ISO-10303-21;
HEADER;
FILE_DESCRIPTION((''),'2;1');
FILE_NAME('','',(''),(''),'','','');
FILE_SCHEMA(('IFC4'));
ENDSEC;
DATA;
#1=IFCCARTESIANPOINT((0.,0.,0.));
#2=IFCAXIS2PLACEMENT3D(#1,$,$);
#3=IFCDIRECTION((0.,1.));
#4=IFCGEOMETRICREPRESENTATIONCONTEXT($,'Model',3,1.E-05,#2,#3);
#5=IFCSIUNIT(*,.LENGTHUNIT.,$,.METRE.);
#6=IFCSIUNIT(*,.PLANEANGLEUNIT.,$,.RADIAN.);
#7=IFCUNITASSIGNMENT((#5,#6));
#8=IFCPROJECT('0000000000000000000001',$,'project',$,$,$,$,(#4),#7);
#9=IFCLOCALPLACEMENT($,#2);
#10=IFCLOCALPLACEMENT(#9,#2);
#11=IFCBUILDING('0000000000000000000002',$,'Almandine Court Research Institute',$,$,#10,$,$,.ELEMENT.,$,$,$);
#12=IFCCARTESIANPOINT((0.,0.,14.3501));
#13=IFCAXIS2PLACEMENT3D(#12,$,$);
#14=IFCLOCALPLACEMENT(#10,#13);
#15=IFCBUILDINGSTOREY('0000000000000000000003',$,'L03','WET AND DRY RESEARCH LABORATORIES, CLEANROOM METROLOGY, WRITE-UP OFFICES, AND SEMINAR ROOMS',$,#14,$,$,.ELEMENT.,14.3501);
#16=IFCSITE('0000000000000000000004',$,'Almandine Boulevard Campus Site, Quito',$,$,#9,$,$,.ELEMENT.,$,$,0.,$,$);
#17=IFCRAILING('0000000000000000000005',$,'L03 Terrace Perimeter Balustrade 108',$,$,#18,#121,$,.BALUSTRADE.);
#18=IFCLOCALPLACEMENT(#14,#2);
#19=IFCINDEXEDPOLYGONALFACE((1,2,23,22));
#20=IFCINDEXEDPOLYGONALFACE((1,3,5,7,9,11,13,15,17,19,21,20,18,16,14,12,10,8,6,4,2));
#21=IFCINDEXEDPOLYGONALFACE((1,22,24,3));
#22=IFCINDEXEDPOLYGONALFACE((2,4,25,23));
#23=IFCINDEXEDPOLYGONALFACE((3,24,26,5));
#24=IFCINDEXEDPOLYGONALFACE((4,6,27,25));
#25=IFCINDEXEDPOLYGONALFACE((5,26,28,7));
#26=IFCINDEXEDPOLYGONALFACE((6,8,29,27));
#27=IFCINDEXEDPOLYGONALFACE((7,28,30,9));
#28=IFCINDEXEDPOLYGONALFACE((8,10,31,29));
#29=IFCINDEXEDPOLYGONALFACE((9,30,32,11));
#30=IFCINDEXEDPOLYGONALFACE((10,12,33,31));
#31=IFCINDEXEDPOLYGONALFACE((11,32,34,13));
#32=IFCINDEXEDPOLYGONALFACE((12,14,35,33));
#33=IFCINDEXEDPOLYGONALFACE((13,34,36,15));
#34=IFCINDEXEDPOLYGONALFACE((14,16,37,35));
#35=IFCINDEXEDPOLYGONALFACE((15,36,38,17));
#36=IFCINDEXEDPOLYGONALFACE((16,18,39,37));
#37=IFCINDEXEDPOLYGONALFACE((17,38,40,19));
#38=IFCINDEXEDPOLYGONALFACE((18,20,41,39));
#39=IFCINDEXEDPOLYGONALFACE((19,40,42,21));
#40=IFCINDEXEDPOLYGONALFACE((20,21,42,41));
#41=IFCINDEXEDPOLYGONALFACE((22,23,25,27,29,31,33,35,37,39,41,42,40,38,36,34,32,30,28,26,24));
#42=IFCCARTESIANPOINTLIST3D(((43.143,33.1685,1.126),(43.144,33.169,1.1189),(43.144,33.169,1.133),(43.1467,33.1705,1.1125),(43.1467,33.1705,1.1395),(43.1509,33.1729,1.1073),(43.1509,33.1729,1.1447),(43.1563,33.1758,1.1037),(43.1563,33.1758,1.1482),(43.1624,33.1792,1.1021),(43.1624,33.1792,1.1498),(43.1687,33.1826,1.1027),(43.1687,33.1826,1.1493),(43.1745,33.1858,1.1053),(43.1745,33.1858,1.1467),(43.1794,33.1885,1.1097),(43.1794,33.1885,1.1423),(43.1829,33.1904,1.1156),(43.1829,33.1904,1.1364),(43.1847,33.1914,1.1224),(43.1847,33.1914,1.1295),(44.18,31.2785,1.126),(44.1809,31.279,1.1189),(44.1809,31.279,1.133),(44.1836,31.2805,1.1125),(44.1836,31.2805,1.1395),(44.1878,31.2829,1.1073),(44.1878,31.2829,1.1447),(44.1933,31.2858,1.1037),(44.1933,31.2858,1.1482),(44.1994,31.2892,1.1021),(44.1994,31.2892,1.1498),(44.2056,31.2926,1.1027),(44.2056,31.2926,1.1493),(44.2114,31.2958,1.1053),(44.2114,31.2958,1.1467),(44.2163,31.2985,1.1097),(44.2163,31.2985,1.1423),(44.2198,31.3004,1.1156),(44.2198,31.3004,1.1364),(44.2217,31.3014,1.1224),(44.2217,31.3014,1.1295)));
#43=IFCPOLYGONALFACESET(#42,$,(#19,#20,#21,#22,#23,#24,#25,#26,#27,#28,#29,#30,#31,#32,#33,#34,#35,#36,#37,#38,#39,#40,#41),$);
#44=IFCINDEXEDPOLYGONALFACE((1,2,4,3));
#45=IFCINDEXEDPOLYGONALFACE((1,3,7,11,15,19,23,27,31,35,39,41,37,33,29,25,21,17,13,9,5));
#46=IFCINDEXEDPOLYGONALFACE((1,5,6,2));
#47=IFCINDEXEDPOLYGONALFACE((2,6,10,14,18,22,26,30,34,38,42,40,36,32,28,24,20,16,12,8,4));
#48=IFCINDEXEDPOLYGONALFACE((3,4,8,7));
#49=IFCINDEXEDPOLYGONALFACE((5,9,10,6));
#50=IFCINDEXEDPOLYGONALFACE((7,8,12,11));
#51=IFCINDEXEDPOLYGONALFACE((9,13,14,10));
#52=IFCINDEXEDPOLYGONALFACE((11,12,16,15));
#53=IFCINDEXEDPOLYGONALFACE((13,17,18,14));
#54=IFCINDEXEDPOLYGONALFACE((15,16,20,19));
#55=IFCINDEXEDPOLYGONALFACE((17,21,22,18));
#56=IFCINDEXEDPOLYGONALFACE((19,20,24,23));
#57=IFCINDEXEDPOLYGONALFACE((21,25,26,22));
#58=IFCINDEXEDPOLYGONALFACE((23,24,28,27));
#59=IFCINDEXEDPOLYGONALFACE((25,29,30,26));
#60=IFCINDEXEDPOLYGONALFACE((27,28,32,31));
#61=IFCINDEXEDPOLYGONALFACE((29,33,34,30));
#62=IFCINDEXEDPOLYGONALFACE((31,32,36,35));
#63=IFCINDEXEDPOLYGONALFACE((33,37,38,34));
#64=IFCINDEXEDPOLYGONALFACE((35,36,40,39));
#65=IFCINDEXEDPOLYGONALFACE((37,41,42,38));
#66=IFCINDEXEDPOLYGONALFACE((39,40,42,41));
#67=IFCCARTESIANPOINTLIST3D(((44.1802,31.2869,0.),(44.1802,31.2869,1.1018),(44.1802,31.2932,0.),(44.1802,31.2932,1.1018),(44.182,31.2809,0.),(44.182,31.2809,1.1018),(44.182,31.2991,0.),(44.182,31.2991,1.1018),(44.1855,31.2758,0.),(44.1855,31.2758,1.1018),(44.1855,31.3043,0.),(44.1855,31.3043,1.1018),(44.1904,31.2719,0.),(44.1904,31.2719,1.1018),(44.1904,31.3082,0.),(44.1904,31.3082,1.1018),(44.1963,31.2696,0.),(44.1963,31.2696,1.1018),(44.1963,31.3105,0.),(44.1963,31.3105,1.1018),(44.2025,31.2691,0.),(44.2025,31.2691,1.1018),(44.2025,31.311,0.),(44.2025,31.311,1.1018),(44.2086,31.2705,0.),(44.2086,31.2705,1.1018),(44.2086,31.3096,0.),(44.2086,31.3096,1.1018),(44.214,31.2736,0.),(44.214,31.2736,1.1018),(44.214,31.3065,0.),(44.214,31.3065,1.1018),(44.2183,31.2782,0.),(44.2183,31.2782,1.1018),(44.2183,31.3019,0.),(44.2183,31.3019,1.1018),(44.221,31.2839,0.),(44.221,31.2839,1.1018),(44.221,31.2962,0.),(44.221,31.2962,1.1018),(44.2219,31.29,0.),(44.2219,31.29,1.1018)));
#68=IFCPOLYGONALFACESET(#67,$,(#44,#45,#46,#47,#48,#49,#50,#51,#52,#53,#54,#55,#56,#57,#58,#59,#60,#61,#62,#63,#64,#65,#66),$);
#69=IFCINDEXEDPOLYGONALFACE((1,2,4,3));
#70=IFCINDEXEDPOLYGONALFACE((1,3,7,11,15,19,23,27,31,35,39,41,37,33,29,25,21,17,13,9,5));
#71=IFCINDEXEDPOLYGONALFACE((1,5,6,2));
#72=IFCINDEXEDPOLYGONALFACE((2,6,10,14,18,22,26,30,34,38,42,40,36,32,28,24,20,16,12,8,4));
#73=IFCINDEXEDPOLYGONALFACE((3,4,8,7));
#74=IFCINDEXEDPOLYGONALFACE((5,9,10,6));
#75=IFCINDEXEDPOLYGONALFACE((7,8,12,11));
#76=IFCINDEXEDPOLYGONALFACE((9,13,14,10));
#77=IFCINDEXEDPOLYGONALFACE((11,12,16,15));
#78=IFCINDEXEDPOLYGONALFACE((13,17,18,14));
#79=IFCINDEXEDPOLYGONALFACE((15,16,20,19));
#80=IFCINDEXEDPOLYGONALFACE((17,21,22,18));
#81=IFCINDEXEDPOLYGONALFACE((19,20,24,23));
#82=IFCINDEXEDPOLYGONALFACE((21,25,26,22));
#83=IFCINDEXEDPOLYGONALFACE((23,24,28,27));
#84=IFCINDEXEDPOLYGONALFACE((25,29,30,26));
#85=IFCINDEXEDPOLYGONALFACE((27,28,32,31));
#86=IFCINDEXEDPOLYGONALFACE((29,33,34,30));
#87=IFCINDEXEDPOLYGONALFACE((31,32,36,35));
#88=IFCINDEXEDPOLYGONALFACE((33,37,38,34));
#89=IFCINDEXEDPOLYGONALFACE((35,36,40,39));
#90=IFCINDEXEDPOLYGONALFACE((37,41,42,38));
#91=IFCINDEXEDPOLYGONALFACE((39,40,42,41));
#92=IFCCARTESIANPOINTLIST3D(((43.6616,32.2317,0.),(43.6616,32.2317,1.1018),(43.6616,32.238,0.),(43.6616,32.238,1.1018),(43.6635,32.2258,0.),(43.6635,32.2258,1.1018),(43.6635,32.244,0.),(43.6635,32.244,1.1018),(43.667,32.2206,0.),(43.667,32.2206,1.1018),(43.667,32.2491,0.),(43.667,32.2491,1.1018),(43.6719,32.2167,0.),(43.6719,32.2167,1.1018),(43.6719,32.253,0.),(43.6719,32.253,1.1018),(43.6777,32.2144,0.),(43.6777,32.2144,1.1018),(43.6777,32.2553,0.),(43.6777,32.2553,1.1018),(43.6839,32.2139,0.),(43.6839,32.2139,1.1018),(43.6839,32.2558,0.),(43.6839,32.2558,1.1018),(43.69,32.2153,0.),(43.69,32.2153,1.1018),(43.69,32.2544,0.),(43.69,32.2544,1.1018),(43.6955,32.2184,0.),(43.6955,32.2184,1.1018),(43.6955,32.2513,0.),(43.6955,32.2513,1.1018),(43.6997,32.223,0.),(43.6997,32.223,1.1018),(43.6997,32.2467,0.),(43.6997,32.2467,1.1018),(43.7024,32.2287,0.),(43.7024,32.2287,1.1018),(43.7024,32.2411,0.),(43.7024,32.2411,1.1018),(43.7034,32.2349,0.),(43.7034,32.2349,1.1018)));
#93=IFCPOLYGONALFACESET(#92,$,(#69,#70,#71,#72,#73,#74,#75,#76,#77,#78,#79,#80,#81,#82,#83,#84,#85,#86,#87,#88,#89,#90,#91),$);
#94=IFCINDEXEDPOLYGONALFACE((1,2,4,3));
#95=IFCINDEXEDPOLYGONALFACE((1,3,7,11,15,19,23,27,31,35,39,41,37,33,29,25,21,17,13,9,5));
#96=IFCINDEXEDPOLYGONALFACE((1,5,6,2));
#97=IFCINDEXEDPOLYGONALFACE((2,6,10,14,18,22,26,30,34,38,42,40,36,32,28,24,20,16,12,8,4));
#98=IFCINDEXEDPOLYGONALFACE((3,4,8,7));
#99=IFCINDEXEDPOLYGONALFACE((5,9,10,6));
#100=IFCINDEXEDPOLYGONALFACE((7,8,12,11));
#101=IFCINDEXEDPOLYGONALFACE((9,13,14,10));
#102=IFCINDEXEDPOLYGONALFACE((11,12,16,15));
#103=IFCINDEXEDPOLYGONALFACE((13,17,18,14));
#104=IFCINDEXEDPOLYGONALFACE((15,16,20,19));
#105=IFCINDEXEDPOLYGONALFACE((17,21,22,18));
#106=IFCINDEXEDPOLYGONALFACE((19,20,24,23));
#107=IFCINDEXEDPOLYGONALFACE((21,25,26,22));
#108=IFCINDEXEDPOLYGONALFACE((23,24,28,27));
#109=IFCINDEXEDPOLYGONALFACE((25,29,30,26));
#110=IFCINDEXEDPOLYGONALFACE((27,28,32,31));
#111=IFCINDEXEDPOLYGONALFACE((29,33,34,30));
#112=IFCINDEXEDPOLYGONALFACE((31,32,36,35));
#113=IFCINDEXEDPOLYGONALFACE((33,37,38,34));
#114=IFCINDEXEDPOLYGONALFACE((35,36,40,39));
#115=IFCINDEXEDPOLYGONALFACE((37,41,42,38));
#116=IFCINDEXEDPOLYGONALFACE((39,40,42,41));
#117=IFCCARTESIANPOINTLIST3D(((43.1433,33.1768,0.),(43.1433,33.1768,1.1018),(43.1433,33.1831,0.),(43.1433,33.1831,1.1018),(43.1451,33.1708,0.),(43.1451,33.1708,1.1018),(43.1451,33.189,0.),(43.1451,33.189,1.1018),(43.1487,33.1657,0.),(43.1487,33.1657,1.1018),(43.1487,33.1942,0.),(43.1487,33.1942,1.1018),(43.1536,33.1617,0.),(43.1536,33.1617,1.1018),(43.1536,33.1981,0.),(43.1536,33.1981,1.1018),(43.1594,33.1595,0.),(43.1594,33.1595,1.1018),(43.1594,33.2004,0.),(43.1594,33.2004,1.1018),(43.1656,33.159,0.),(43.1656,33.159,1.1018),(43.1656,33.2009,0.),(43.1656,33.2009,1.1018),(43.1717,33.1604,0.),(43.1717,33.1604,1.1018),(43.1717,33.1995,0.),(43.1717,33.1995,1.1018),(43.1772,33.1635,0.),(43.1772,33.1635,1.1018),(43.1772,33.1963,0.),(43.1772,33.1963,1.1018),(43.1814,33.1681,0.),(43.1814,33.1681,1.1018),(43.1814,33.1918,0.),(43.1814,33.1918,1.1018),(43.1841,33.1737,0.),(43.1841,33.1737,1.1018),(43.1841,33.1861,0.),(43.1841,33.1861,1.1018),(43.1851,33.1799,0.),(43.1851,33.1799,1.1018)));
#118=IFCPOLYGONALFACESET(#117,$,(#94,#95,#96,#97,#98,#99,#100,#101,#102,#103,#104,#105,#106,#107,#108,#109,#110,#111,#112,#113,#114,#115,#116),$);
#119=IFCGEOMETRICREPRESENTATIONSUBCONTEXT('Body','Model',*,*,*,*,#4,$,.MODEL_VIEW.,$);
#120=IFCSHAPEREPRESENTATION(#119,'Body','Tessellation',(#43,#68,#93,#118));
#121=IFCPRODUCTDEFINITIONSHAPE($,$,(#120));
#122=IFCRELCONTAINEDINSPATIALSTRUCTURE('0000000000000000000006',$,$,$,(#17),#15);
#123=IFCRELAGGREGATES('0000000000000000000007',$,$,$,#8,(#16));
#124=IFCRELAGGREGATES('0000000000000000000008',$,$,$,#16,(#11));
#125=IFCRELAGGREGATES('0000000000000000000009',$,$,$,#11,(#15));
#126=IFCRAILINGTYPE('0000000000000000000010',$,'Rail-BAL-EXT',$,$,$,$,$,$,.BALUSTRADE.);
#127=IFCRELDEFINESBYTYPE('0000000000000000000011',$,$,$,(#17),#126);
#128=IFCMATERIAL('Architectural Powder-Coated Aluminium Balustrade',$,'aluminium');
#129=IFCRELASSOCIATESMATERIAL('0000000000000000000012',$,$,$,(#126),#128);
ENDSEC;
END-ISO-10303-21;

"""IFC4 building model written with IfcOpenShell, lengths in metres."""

from ifc_helpers import new_model, si_unit, direction, frame, origin, origin_2d, place, context, subcontext, project, spatial, circle, extrude, material, type_object, element, save


model = new_model("IFC4")

# Units and contexts
model_context = context("Model", 3, precision=1e-05, world=origin(), true_north=direction((0.0, 1.0)))
body_context = subcontext(model_context, "Body", "Model", "MODEL_VIEW")
ifc_project = project(units=[si_unit("LENGTHUNIT", "METRE"), si_unit("PLANEANGLEUNIT", "RADIAN")], contexts=[model_context])

# Site, building, storey
site_placement = place(None, origin())
site = spatial("IfcSite", under=ifc_project, at=site_placement, Name="Almandine Boulevard Campus Site, Quito", CompositionType="ELEMENT", RefElevation=0.0)
building_placement = place(site_placement, origin())
building = spatial("IfcBuilding", under=site, at=building_placement, Name="Almandine Court Research Institute", CompositionType="ELEMENT")
storey_placement = place(building_placement, frame((0.0, 0.0, 14.3501)))
storey = spatial("IfcBuildingStorey", under=building, at=storey_placement, Name="L03", Description="WET AND DRY RESEARCH LABORATORIES, CLEANROOM METROLOGY, WRITE-UP OFFICES, AND SEMINAR ROOMS", CompositionType="ELEMENT", Elevation=14.3501)

# Railing
ifc_material_1 = material(Name="Architectural Powder-Coated Aluminium Balustrade", Category="aluminium")
railing_type = type_object("IfcRailingType", Name="Rail-BAL-EXT", PredefinedType="BALUSTRADE", material=ifc_material_1)
railing_1_placement = place(storey_placement, frame((44.2009, 31.29, 0.0)))
element("IfcRailing", 1, at=railing_1_placement, inside=storey, type_object=railing_type, Name="L03 Terrace Perimeter Balustrade 108", PredefinedType="BALUSTRADE", context=body_context, shape_type="SweptSolid", body=[
    extrude(circle(Radius=0.0239, at=origin_2d()), frame((0.0, 0.0, 1.126), z_axis=(-0.481001, 0.87672, 0.0), x_axis=(-0.87672, -0.481001, 0.0)), (0.0, 0.0, 1.0), 2.1558),
    extrude(circle(Radius=0.021, at=origin_2d()), origin(), (0.0, 0.0, 1.0), 1.1018),
    extrude(circle(Radius=0.021, at=origin_2d()), frame((-0.5186, 0.9448, 0.0)), (0.0, 0.0, 1.0), 1.1018),
    extrude(circle(Radius=0.021, at=origin_2d()), frame((-1.0369, 1.8899, 0.0)), (0.0, 0.0, 1.0), 1.1018),
])

save(model, "model.ifc")
